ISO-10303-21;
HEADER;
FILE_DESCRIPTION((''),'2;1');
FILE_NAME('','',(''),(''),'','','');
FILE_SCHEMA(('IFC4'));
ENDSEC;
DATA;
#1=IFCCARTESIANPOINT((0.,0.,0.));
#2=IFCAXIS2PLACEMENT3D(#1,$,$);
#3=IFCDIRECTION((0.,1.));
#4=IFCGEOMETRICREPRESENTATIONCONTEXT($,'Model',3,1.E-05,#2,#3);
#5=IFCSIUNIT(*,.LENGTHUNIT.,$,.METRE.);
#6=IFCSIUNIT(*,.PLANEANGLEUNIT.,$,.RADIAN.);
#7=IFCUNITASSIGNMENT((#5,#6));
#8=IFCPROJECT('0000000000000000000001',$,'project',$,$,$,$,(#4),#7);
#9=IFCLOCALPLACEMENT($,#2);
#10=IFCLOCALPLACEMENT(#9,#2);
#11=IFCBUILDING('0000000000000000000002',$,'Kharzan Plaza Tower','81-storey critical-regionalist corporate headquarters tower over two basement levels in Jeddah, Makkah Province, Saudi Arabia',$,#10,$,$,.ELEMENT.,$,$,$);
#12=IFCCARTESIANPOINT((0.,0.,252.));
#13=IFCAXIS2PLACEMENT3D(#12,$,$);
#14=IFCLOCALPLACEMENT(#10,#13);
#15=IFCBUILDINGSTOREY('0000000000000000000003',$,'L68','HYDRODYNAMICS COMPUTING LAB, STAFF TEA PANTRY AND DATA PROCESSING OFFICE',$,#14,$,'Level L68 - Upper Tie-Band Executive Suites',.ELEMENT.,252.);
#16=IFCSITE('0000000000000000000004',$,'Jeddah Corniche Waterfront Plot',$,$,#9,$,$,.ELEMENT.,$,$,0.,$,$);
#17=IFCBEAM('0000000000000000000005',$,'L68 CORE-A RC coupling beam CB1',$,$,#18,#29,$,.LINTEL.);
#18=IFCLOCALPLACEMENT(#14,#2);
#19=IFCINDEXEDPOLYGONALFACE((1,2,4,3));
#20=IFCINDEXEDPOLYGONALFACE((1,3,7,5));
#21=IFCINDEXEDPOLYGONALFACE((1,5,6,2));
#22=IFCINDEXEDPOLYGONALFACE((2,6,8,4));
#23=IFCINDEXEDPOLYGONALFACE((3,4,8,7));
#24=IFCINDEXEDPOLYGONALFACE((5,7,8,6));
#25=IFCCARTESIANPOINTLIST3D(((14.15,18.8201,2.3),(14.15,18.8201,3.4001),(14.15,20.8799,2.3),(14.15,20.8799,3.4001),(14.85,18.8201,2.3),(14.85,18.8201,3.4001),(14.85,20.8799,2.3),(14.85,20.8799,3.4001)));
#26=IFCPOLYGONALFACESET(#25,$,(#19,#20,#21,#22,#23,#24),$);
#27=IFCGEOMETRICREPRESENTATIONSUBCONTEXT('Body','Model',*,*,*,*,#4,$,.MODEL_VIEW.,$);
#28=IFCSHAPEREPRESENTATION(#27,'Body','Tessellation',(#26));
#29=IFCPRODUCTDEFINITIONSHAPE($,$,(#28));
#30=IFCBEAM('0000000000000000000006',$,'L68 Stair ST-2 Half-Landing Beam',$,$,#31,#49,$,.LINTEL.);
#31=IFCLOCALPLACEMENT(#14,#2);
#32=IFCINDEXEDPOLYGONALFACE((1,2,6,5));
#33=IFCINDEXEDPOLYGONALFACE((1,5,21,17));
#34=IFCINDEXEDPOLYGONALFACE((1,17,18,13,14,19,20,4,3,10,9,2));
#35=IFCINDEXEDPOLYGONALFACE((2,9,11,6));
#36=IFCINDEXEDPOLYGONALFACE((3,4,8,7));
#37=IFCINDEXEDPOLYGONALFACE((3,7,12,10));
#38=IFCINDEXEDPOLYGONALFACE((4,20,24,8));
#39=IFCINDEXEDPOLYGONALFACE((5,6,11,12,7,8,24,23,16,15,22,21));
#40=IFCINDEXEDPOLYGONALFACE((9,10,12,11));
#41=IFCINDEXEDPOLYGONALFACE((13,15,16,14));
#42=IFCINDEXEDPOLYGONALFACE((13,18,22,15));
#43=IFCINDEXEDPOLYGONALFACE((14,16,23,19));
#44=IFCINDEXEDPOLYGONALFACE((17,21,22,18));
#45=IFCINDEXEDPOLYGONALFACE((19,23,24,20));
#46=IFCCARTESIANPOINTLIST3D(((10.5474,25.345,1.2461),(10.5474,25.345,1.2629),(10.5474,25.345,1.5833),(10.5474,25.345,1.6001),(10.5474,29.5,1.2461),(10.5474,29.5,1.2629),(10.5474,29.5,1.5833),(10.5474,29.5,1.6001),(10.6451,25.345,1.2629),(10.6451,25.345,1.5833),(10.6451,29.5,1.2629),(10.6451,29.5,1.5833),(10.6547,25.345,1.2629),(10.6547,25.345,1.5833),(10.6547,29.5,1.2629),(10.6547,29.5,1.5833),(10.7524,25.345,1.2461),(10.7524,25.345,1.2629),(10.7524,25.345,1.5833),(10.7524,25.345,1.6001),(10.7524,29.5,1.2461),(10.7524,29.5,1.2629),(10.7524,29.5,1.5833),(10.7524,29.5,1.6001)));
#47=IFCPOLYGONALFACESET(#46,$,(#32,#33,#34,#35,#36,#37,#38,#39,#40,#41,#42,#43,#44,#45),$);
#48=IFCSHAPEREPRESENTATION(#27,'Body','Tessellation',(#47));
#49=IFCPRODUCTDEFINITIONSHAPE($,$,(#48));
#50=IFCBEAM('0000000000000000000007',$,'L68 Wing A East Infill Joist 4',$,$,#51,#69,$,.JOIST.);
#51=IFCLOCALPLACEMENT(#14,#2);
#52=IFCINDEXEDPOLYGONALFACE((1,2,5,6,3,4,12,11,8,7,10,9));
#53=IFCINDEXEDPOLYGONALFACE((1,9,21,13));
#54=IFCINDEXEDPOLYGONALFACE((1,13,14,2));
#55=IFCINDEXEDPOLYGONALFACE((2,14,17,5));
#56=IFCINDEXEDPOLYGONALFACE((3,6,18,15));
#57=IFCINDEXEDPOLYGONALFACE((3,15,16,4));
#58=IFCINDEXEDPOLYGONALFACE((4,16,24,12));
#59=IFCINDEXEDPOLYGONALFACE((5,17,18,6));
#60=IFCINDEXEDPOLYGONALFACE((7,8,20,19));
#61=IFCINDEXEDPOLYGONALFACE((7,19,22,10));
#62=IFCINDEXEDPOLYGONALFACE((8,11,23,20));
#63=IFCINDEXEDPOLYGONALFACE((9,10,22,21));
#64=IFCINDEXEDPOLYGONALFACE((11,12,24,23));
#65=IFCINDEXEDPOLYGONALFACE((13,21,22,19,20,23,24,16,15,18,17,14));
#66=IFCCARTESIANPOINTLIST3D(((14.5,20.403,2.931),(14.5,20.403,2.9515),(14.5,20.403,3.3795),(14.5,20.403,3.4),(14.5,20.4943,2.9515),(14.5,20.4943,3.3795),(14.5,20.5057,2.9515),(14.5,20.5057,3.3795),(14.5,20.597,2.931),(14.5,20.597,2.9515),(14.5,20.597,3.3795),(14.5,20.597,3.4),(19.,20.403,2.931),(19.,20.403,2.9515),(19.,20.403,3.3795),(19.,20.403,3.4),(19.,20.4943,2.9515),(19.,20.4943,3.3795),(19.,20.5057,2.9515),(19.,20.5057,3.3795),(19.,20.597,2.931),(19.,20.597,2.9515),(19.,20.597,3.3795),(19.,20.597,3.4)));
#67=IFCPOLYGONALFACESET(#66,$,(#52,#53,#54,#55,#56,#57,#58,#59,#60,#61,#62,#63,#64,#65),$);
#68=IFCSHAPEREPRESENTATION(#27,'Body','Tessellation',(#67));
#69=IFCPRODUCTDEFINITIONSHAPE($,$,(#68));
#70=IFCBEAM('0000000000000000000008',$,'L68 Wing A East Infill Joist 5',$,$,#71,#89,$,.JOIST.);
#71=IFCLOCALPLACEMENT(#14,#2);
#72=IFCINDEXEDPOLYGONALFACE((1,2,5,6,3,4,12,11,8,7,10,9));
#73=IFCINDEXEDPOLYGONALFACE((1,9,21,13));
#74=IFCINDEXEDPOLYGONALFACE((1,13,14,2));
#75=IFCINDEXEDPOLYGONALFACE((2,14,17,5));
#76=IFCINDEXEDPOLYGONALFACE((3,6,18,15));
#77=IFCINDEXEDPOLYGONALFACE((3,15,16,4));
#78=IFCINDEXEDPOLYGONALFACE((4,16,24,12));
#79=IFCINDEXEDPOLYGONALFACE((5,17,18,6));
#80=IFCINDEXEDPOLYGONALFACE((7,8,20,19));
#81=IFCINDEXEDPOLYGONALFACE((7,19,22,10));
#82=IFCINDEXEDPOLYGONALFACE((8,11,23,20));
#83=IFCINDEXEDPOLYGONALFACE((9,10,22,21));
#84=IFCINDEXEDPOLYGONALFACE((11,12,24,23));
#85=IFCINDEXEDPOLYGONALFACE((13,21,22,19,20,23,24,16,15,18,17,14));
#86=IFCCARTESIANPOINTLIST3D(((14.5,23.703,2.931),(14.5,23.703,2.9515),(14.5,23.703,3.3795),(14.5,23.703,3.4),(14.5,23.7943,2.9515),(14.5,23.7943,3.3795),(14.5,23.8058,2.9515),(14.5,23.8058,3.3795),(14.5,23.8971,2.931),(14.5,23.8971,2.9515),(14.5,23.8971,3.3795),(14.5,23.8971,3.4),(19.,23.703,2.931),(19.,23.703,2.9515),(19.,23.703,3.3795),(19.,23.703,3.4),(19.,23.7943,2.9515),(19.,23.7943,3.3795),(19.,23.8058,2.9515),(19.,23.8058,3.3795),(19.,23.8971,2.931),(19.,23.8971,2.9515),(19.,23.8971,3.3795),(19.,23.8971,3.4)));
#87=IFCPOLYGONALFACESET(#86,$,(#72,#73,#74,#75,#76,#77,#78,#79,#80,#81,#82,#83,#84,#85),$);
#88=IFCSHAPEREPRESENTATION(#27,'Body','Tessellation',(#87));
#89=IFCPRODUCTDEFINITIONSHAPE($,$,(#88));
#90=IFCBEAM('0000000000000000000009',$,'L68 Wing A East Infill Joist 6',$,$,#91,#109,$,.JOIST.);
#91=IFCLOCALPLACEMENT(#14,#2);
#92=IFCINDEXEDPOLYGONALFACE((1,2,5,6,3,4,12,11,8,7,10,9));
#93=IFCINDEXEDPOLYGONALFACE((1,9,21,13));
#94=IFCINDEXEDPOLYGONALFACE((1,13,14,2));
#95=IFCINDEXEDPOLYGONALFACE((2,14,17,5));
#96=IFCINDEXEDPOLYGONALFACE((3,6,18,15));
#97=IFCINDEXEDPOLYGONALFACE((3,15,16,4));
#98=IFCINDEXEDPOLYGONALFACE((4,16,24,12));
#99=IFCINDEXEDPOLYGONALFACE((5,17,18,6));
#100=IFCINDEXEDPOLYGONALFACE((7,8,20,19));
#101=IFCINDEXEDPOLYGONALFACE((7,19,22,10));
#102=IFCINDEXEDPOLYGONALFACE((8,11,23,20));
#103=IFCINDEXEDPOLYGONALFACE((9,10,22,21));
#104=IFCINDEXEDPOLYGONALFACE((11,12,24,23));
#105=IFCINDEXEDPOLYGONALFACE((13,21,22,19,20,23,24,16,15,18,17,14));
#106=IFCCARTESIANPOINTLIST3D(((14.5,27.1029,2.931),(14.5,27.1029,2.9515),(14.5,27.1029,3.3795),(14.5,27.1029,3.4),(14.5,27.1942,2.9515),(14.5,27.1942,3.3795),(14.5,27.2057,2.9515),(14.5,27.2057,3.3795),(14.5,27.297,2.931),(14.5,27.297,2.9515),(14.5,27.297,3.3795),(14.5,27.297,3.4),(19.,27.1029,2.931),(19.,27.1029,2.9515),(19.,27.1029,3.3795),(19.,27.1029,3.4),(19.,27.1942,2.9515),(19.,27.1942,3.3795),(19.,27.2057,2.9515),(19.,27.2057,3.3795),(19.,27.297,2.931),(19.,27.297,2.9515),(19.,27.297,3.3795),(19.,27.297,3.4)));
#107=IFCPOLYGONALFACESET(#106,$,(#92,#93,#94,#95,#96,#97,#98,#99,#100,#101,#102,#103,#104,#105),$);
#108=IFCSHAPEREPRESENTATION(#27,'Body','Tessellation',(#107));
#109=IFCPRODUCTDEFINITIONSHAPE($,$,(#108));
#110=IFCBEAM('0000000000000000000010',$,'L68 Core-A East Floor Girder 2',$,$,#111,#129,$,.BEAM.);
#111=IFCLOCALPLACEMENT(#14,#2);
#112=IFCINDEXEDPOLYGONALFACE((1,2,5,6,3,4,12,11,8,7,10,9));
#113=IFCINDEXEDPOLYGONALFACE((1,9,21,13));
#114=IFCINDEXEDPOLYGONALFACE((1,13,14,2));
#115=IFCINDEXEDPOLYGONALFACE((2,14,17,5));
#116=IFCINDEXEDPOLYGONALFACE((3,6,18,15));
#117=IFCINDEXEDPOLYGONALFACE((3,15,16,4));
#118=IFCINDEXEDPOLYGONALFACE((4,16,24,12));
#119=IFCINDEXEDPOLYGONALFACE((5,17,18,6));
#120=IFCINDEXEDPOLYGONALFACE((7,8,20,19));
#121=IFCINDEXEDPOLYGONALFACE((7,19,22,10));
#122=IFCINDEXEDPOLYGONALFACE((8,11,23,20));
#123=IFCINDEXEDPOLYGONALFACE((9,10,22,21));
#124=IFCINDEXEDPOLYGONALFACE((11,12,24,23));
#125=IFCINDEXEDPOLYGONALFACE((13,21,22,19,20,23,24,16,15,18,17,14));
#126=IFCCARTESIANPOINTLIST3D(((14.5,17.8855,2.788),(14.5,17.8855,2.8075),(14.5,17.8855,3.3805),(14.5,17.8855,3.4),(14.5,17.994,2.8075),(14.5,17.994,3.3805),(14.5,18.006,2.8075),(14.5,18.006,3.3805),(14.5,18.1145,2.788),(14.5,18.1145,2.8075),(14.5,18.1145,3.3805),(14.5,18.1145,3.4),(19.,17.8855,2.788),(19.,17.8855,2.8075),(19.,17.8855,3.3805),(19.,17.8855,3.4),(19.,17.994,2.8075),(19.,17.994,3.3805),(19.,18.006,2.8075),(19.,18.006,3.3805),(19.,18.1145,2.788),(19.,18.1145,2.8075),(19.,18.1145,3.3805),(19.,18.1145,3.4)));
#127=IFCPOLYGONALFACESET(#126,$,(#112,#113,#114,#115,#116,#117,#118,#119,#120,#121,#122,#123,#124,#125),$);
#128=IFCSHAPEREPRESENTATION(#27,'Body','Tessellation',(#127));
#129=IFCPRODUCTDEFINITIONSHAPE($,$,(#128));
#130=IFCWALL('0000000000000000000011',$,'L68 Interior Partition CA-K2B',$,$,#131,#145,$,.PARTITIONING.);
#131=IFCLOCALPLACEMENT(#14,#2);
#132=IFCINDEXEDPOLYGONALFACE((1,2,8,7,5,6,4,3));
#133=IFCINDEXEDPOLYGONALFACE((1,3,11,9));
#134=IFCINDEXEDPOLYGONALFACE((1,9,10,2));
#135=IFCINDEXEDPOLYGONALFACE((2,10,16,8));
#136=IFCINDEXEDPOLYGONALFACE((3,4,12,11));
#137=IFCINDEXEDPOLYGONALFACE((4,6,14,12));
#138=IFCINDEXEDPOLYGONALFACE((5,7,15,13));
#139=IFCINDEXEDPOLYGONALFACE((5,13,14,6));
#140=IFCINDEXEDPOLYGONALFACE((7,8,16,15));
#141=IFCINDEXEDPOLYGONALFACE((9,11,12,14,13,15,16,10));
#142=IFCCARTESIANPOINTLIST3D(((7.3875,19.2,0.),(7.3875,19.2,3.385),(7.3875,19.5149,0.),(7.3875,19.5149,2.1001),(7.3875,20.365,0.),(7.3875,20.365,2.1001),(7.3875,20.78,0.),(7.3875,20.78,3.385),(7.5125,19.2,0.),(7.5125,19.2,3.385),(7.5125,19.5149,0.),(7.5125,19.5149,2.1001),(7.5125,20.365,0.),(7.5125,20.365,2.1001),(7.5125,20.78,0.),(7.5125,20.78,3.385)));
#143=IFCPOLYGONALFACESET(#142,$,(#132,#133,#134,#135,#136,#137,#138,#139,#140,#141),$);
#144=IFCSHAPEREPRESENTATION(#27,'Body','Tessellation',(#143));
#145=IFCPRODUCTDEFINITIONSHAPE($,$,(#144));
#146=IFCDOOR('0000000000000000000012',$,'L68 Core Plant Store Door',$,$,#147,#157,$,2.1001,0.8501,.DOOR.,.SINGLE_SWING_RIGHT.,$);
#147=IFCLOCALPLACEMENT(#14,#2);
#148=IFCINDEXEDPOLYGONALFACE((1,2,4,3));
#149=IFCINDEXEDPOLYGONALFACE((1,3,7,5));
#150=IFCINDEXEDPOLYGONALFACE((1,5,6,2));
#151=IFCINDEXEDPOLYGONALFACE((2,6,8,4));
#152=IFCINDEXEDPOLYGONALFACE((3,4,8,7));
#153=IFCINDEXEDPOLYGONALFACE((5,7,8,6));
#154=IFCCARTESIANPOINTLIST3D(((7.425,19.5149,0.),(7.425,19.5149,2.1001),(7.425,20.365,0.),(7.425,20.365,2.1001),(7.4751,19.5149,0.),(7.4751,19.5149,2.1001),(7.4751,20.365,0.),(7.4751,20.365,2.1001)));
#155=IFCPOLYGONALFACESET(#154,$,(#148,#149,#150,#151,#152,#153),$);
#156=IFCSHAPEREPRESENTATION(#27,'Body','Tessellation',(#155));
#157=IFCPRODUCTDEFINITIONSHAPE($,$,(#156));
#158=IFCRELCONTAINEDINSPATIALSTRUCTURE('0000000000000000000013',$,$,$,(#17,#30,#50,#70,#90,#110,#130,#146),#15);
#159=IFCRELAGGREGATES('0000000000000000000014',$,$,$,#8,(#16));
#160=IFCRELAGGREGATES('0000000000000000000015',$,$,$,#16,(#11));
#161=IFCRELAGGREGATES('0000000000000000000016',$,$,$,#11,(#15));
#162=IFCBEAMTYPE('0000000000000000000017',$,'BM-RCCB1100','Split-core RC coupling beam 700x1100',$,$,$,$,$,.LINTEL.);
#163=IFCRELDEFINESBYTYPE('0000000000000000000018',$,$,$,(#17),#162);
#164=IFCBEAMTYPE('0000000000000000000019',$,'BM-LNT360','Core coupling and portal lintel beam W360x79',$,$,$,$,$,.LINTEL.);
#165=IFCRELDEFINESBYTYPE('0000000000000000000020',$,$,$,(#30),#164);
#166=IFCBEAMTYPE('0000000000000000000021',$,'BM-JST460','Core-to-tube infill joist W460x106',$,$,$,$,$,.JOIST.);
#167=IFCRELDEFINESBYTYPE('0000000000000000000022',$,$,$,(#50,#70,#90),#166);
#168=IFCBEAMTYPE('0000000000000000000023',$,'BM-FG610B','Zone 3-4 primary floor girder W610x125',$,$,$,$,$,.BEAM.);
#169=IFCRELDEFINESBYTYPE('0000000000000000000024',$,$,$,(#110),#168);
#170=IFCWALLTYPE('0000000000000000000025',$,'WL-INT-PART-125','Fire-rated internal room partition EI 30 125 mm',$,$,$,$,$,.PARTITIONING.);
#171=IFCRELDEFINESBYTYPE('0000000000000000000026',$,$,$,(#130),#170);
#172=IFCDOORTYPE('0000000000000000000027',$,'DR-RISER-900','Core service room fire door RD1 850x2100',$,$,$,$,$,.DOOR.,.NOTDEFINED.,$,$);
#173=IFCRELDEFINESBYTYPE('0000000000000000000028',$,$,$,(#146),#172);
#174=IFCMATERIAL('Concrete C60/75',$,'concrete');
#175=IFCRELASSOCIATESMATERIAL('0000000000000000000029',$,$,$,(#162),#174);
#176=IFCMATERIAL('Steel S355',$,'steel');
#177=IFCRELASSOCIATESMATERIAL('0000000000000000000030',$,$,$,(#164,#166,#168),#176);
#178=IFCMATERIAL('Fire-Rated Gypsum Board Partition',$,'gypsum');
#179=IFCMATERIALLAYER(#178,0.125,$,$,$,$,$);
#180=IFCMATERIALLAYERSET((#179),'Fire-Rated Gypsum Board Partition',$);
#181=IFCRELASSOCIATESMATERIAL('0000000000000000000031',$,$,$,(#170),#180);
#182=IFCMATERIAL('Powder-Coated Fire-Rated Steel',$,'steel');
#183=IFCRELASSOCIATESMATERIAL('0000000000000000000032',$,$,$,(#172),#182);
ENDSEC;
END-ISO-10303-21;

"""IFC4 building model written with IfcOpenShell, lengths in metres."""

from ifc_helpers import new_model, si_unit, direction, frame, frame_2d, origin, origin_2d, place, context, subcontext, project, spatial, rectangle, i_section, extrude, source, transform, mapped, material, layer, layer_set, material_profile, profile_set, type_object, element, fill, save


model = new_model("IFC4")

# Units and contexts
model_context = context("Model", 3, precision=1e-05, world=origin(), true_north=direction((0.0, 1.0)))
body_context = subcontext(model_context, "Body", "Model", "MODEL_VIEW")
ifc_project = project(units=[si_unit("LENGTHUNIT", "METRE"), si_unit("PLANEANGLEUNIT", "RADIAN")], contexts=[model_context])

# Site, building, storey
site_placement = place(None, origin())
site = spatial("IfcSite", under=ifc_project, at=site_placement, Name="Jeddah Corniche Waterfront Plot", CompositionType="ELEMENT", RefElevation=0.0)
building_placement = place(site_placement, origin())
building = spatial("IfcBuilding", under=site, at=building_placement, Name="Kharzan Plaza Tower", Description="81-storey critical-regionalist corporate headquarters tower over two basement levels in Jeddah, Makkah Province, Saudi Arabia", CompositionType="ELEMENT")
storey_placement = place(building_placement, frame((0.0, 0.0, 252.0)))
storey = spatial("IfcBuildingStorey", under=building, at=storey_placement, Name="L68", Description="HYDRODYNAMICS COMPUTING LAB, STAFF TEA PANTRY AND DATA PROCESSING OFFICE", LongName="Level L68 - Upper Tie-Band Executive Suites", CompositionType="ELEMENT", Elevation=252.0)

# Beams
ifc_material_1 = material(Name="Concrete C60/75", Category="concrete")
ifc_material_profile_1 = material_profile(ifc_material_1, rectangle(XDim=0.7, YDim=1.1001, at=origin_2d()), Name="RC-CB1100x700")
ifc_profile_set_1 = profile_set([ifc_material_profile_1], Name="Concrete C60/75")
beam_type_1 = type_object("IfcBeamType", Name="BM-RCCB1100", Description="Split-core RC coupling beam 700x1100", PredefinedType="LINTEL", material=ifc_profile_set_1)
shared_shape_1 = source(origin(), body_context, "Body", "SweptSolid", [
    extrude(rectangle(XDim=0.7, YDim=1.1001, at=origin_2d()), origin(), (0.0, 0.0, 1.0), 2.0598),
])
beam_1_placement = place(storey_placement, frame((14.5, 18.8201, 2.8501), z_axis=(0.0, 1.0, 0.0), x_axis=(-1.0, 0.0, 0.0)))
element("IfcBeam", 1, at=beam_1_placement, inside=storey, type_object=beam_type_1, Name="L68 CORE-A RC coupling beam CB1", PredefinedType="LINTEL", context=body_context, shape_type="MappedRepresentation", body=[
    mapped(shared_shape_1, transform((0.0, 0.0, 0.0), x_axis=(1.0, 0.0, 0.0), y_axis=(0.0, 1.0, 0.0), z_axis=(0.0, 0.0, 1.0))),
])
ifc_material_2 = material(Name="Steel S355", Category="steel")
ifc_material_profile_2 = material_profile(ifc_material_2, i_section(OverallWidth=0.2051, OverallDepth=0.354, WebThickness=0.0095, FlangeThickness=0.0168, at=origin_2d()), Name="W360x79")
ifc_profile_set_2 = profile_set([ifc_material_profile_2], Name="Steel S355")
beam_type_2 = type_object("IfcBeamType", Name="BM-LNT360", Description="Core coupling and portal lintel beam W360x79", PredefinedType="LINTEL", material=ifc_profile_set_2)
shared_shape_2 = source(origin(), body_context, "Body", "SweptSolid", [
    extrude(i_section(OverallWidth=0.2051, OverallDepth=0.354, WebThickness=0.0095, FlangeThickness=0.0168, at=origin_2d()), origin(), (0.0, 0.0, 1.0), 4.155),
])
beam_2_placement = place(storey_placement, frame((10.6499, 25.345, 1.4231), z_axis=(0.0, 1.0, 0.0), x_axis=(-1.0, 0.0, 0.0)))
element("IfcBeam", 2, at=beam_2_placement, inside=storey, type_object=beam_type_2, Name="L68 Stair ST-2 Half-Landing Beam", PredefinedType="LINTEL", context=body_context, shape_type="MappedRepresentation", body=[
    mapped(shared_shape_2, transform((0.0, 0.0, 0.0), x_axis=(1.0, 0.0, 0.0), y_axis=(0.0, 1.0, 0.0), z_axis=(0.0, 0.0, 1.0))),
])
ifc_material_profile_3 = material_profile(ifc_material_2, i_section(OverallWidth=0.1941, OverallDepth=0.469, WebThickness=0.0115, FlangeThickness=0.0205, at=origin_2d()), Name="W460x106")
ifc_profile_set_3 = profile_set([ifc_material_profile_3], Name="Steel S355")
beam_type_3 = type_object("IfcBeamType", Name="BM-JST460", Description="Core-to-tube infill joist W460x106", PredefinedType="JOIST", material=ifc_profile_set_3)
shared_shape_3 = source(origin(), body_context, "Body", "SweptSolid", [
    extrude(i_section(OverallWidth=0.1941, OverallDepth=0.469, WebThickness=0.0115, FlangeThickness=0.0205, at=origin_2d()), origin(), (0.0, 0.0, 1.0), 4.5),
])
for number, where, z_axis, x_axis, name in (
    (3, (14.5, 20.5, 3.1655), (1.0, 0.0, 0.0), (0.0, 1.0, 0.0), "L68 Wing A East Infill Joist 4"),
    (4, (14.5, 23.8, 3.1655), (1.0, 0.0, 0.0), (0.0, 1.0, 0.0), "L68 Wing A East Infill Joist 5"),
    (5, (14.5, 27.2, 3.1655), (1.0, 0.0, 0.0), (0.0, 1.0, 0.0), "L68 Wing A East Infill Joist 6"),
):
    element("IfcBeam", number, at=place(storey_placement, frame(where, z_axis=z_axis, x_axis=x_axis)), inside=storey, type_object=beam_type_3, Name=name, PredefinedType="JOIST", context=body_context, shape_type="MappedRepresentation", body=[
        mapped(shared_shape_3, transform((0.0, 0.0, 0.0), x_axis=(1.0, 0.0, 0.0), y_axis=(0.0, 1.0, 0.0), z_axis=(0.0, 0.0, 1.0))),
    ])
ifc_material_profile_4 = material_profile(ifc_material_2, i_section(OverallWidth=0.229, OverallDepth=0.6121, WebThickness=0.012, FlangeThickness=0.0195, at=origin_2d()), Name="W610x125")
ifc_profile_set_4 = profile_set([ifc_material_profile_4], Name="Steel S355")
beam_type_4 = type_object("IfcBeamType", Name="BM-FG610B", Description="Zone 3-4 primary floor girder W610x125", PredefinedType="BEAM", material=ifc_profile_set_4)
shared_shape_4 = source(origin(), body_context, "Body", "SweptSolid", [
    extrude(i_section(OverallWidth=0.229, OverallDepth=0.6121, WebThickness=0.012, FlangeThickness=0.0195, at=origin_2d()), origin(), (0.0, 0.0, 1.0), 4.5),
])
beam_3_placement = place(storey_placement, frame((14.5, 18.0, 3.094), z_axis=(1.0, 0.0, 0.0), x_axis=(0.0, 1.0, 0.0)))
element("IfcBeam", 6, at=beam_3_placement, inside=storey, type_object=beam_type_4, Name="L68 Core-A East Floor Girder 2", PredefinedType="BEAM", context=body_context, shape_type="MappedRepresentation", body=[
    mapped(shared_shape_4, transform((0.0, 0.0, 0.0), x_axis=(1.0, 0.0, 0.0), y_axis=(0.0, 1.0, 0.0), z_axis=(0.0, 0.0, 1.0))),
])

# Wall, opening, door
ifc_material_3 = material(Name="Fire-Rated Gypsum Board Partition", Category="gypsum")
ifc_layer_1 = layer(ifc_material_3, 0.125)
ifc_layer_set_1 = layer_set([ifc_layer_1], Name="Fire-Rated Gypsum Board Partition")
wall_type_1 = type_object("IfcWallType", Name="WL-INT-PART-125", Description="Fire-rated internal room partition EI 30 125 mm", PredefinedType="PARTITIONING", material=ifc_layer_set_1)
wall_1_placement = place(storey_placement, frame((7.45, 19.2, 0.0), z_axis=(0.0, 0.0, 1.0), x_axis=(0.0, 1.0, 0.0)))
wall_1 = element("IfcWall", 7, at=wall_1_placement, inside=storey, type_object=wall_type_1, Name="L68 Interior Partition CA-K2B", PredefinedType="PARTITIONING", context=body_context, shape_type="SweptSolid", body=[
    extrude(rectangle(XDim=1.5801, YDim=0.125, at=frame_2d((0.79, 0.0))), origin(), (0.0, 0.0, 1.0), 3.385),
])
opening_1_placement = place(wall_1_placement, frame((0.3149, 0.0, 0.0)))
opening_1 = element("IfcOpeningElement", 8, at=opening_1_placement, cuts=wall_1, PredefinedType="OPENING", context=body_context, shape_type="SweptSolid", body=[
    extrude(rectangle(XDim=0.8501, YDim=2.1001, at=frame_2d((0.425, 1.05))), frame((0.0, 0.0725, 0.0), z_axis=(0.0, -1.0, 0.0), x_axis=(1.0, 0.0, 0.0)), (0.0, 0.0, 1.0), 0.145),
])
ifc_material_4 = material(Name="Powder-Coated Fire-Rated Steel", Category="steel")
door_type_1 = type_object("IfcDoorType", Name="DR-RISER-900", Description="Core service room fire door RD1 850x2100", OperationType="NOTDEFINED", PredefinedType="DOOR", material=ifc_material_4)
shared_shape_5 = source(origin(), body_context, "Body", "SweptSolid", [
    extrude(rectangle(XDim=0.8501, YDim=2.1001, at=frame_2d((0.425, 1.05))), frame((0.0, 0.0249, 0.0), z_axis=(0.0, -1.0, 0.0), x_axis=(1.0, 0.0, 0.0)), (0.0, 0.0, 1.0), 0.05),
])
door_1_placement = place(opening_1_placement, origin())
door_1 = element("IfcDoor", 9, at=door_1_placement, inside=storey, type_object=door_type_1, Name="L68 Core Plant Store Door", OperationType="SINGLE_SWING_RIGHT", OverallHeight=2.1001, OverallWidth=0.8501, PredefinedType="DOOR", context=body_context, shape_type="MappedRepresentation", body=[
    mapped(shared_shape_5, transform((0.0, 0.0, 0.0), x_axis=(1.0, 0.0, 0.0), y_axis=(0.0, 1.0, 0.0), z_axis=(0.0, 0.0, 1.0))),
])
fill(opening_1, door_1)

save(model, "model.ifc")
